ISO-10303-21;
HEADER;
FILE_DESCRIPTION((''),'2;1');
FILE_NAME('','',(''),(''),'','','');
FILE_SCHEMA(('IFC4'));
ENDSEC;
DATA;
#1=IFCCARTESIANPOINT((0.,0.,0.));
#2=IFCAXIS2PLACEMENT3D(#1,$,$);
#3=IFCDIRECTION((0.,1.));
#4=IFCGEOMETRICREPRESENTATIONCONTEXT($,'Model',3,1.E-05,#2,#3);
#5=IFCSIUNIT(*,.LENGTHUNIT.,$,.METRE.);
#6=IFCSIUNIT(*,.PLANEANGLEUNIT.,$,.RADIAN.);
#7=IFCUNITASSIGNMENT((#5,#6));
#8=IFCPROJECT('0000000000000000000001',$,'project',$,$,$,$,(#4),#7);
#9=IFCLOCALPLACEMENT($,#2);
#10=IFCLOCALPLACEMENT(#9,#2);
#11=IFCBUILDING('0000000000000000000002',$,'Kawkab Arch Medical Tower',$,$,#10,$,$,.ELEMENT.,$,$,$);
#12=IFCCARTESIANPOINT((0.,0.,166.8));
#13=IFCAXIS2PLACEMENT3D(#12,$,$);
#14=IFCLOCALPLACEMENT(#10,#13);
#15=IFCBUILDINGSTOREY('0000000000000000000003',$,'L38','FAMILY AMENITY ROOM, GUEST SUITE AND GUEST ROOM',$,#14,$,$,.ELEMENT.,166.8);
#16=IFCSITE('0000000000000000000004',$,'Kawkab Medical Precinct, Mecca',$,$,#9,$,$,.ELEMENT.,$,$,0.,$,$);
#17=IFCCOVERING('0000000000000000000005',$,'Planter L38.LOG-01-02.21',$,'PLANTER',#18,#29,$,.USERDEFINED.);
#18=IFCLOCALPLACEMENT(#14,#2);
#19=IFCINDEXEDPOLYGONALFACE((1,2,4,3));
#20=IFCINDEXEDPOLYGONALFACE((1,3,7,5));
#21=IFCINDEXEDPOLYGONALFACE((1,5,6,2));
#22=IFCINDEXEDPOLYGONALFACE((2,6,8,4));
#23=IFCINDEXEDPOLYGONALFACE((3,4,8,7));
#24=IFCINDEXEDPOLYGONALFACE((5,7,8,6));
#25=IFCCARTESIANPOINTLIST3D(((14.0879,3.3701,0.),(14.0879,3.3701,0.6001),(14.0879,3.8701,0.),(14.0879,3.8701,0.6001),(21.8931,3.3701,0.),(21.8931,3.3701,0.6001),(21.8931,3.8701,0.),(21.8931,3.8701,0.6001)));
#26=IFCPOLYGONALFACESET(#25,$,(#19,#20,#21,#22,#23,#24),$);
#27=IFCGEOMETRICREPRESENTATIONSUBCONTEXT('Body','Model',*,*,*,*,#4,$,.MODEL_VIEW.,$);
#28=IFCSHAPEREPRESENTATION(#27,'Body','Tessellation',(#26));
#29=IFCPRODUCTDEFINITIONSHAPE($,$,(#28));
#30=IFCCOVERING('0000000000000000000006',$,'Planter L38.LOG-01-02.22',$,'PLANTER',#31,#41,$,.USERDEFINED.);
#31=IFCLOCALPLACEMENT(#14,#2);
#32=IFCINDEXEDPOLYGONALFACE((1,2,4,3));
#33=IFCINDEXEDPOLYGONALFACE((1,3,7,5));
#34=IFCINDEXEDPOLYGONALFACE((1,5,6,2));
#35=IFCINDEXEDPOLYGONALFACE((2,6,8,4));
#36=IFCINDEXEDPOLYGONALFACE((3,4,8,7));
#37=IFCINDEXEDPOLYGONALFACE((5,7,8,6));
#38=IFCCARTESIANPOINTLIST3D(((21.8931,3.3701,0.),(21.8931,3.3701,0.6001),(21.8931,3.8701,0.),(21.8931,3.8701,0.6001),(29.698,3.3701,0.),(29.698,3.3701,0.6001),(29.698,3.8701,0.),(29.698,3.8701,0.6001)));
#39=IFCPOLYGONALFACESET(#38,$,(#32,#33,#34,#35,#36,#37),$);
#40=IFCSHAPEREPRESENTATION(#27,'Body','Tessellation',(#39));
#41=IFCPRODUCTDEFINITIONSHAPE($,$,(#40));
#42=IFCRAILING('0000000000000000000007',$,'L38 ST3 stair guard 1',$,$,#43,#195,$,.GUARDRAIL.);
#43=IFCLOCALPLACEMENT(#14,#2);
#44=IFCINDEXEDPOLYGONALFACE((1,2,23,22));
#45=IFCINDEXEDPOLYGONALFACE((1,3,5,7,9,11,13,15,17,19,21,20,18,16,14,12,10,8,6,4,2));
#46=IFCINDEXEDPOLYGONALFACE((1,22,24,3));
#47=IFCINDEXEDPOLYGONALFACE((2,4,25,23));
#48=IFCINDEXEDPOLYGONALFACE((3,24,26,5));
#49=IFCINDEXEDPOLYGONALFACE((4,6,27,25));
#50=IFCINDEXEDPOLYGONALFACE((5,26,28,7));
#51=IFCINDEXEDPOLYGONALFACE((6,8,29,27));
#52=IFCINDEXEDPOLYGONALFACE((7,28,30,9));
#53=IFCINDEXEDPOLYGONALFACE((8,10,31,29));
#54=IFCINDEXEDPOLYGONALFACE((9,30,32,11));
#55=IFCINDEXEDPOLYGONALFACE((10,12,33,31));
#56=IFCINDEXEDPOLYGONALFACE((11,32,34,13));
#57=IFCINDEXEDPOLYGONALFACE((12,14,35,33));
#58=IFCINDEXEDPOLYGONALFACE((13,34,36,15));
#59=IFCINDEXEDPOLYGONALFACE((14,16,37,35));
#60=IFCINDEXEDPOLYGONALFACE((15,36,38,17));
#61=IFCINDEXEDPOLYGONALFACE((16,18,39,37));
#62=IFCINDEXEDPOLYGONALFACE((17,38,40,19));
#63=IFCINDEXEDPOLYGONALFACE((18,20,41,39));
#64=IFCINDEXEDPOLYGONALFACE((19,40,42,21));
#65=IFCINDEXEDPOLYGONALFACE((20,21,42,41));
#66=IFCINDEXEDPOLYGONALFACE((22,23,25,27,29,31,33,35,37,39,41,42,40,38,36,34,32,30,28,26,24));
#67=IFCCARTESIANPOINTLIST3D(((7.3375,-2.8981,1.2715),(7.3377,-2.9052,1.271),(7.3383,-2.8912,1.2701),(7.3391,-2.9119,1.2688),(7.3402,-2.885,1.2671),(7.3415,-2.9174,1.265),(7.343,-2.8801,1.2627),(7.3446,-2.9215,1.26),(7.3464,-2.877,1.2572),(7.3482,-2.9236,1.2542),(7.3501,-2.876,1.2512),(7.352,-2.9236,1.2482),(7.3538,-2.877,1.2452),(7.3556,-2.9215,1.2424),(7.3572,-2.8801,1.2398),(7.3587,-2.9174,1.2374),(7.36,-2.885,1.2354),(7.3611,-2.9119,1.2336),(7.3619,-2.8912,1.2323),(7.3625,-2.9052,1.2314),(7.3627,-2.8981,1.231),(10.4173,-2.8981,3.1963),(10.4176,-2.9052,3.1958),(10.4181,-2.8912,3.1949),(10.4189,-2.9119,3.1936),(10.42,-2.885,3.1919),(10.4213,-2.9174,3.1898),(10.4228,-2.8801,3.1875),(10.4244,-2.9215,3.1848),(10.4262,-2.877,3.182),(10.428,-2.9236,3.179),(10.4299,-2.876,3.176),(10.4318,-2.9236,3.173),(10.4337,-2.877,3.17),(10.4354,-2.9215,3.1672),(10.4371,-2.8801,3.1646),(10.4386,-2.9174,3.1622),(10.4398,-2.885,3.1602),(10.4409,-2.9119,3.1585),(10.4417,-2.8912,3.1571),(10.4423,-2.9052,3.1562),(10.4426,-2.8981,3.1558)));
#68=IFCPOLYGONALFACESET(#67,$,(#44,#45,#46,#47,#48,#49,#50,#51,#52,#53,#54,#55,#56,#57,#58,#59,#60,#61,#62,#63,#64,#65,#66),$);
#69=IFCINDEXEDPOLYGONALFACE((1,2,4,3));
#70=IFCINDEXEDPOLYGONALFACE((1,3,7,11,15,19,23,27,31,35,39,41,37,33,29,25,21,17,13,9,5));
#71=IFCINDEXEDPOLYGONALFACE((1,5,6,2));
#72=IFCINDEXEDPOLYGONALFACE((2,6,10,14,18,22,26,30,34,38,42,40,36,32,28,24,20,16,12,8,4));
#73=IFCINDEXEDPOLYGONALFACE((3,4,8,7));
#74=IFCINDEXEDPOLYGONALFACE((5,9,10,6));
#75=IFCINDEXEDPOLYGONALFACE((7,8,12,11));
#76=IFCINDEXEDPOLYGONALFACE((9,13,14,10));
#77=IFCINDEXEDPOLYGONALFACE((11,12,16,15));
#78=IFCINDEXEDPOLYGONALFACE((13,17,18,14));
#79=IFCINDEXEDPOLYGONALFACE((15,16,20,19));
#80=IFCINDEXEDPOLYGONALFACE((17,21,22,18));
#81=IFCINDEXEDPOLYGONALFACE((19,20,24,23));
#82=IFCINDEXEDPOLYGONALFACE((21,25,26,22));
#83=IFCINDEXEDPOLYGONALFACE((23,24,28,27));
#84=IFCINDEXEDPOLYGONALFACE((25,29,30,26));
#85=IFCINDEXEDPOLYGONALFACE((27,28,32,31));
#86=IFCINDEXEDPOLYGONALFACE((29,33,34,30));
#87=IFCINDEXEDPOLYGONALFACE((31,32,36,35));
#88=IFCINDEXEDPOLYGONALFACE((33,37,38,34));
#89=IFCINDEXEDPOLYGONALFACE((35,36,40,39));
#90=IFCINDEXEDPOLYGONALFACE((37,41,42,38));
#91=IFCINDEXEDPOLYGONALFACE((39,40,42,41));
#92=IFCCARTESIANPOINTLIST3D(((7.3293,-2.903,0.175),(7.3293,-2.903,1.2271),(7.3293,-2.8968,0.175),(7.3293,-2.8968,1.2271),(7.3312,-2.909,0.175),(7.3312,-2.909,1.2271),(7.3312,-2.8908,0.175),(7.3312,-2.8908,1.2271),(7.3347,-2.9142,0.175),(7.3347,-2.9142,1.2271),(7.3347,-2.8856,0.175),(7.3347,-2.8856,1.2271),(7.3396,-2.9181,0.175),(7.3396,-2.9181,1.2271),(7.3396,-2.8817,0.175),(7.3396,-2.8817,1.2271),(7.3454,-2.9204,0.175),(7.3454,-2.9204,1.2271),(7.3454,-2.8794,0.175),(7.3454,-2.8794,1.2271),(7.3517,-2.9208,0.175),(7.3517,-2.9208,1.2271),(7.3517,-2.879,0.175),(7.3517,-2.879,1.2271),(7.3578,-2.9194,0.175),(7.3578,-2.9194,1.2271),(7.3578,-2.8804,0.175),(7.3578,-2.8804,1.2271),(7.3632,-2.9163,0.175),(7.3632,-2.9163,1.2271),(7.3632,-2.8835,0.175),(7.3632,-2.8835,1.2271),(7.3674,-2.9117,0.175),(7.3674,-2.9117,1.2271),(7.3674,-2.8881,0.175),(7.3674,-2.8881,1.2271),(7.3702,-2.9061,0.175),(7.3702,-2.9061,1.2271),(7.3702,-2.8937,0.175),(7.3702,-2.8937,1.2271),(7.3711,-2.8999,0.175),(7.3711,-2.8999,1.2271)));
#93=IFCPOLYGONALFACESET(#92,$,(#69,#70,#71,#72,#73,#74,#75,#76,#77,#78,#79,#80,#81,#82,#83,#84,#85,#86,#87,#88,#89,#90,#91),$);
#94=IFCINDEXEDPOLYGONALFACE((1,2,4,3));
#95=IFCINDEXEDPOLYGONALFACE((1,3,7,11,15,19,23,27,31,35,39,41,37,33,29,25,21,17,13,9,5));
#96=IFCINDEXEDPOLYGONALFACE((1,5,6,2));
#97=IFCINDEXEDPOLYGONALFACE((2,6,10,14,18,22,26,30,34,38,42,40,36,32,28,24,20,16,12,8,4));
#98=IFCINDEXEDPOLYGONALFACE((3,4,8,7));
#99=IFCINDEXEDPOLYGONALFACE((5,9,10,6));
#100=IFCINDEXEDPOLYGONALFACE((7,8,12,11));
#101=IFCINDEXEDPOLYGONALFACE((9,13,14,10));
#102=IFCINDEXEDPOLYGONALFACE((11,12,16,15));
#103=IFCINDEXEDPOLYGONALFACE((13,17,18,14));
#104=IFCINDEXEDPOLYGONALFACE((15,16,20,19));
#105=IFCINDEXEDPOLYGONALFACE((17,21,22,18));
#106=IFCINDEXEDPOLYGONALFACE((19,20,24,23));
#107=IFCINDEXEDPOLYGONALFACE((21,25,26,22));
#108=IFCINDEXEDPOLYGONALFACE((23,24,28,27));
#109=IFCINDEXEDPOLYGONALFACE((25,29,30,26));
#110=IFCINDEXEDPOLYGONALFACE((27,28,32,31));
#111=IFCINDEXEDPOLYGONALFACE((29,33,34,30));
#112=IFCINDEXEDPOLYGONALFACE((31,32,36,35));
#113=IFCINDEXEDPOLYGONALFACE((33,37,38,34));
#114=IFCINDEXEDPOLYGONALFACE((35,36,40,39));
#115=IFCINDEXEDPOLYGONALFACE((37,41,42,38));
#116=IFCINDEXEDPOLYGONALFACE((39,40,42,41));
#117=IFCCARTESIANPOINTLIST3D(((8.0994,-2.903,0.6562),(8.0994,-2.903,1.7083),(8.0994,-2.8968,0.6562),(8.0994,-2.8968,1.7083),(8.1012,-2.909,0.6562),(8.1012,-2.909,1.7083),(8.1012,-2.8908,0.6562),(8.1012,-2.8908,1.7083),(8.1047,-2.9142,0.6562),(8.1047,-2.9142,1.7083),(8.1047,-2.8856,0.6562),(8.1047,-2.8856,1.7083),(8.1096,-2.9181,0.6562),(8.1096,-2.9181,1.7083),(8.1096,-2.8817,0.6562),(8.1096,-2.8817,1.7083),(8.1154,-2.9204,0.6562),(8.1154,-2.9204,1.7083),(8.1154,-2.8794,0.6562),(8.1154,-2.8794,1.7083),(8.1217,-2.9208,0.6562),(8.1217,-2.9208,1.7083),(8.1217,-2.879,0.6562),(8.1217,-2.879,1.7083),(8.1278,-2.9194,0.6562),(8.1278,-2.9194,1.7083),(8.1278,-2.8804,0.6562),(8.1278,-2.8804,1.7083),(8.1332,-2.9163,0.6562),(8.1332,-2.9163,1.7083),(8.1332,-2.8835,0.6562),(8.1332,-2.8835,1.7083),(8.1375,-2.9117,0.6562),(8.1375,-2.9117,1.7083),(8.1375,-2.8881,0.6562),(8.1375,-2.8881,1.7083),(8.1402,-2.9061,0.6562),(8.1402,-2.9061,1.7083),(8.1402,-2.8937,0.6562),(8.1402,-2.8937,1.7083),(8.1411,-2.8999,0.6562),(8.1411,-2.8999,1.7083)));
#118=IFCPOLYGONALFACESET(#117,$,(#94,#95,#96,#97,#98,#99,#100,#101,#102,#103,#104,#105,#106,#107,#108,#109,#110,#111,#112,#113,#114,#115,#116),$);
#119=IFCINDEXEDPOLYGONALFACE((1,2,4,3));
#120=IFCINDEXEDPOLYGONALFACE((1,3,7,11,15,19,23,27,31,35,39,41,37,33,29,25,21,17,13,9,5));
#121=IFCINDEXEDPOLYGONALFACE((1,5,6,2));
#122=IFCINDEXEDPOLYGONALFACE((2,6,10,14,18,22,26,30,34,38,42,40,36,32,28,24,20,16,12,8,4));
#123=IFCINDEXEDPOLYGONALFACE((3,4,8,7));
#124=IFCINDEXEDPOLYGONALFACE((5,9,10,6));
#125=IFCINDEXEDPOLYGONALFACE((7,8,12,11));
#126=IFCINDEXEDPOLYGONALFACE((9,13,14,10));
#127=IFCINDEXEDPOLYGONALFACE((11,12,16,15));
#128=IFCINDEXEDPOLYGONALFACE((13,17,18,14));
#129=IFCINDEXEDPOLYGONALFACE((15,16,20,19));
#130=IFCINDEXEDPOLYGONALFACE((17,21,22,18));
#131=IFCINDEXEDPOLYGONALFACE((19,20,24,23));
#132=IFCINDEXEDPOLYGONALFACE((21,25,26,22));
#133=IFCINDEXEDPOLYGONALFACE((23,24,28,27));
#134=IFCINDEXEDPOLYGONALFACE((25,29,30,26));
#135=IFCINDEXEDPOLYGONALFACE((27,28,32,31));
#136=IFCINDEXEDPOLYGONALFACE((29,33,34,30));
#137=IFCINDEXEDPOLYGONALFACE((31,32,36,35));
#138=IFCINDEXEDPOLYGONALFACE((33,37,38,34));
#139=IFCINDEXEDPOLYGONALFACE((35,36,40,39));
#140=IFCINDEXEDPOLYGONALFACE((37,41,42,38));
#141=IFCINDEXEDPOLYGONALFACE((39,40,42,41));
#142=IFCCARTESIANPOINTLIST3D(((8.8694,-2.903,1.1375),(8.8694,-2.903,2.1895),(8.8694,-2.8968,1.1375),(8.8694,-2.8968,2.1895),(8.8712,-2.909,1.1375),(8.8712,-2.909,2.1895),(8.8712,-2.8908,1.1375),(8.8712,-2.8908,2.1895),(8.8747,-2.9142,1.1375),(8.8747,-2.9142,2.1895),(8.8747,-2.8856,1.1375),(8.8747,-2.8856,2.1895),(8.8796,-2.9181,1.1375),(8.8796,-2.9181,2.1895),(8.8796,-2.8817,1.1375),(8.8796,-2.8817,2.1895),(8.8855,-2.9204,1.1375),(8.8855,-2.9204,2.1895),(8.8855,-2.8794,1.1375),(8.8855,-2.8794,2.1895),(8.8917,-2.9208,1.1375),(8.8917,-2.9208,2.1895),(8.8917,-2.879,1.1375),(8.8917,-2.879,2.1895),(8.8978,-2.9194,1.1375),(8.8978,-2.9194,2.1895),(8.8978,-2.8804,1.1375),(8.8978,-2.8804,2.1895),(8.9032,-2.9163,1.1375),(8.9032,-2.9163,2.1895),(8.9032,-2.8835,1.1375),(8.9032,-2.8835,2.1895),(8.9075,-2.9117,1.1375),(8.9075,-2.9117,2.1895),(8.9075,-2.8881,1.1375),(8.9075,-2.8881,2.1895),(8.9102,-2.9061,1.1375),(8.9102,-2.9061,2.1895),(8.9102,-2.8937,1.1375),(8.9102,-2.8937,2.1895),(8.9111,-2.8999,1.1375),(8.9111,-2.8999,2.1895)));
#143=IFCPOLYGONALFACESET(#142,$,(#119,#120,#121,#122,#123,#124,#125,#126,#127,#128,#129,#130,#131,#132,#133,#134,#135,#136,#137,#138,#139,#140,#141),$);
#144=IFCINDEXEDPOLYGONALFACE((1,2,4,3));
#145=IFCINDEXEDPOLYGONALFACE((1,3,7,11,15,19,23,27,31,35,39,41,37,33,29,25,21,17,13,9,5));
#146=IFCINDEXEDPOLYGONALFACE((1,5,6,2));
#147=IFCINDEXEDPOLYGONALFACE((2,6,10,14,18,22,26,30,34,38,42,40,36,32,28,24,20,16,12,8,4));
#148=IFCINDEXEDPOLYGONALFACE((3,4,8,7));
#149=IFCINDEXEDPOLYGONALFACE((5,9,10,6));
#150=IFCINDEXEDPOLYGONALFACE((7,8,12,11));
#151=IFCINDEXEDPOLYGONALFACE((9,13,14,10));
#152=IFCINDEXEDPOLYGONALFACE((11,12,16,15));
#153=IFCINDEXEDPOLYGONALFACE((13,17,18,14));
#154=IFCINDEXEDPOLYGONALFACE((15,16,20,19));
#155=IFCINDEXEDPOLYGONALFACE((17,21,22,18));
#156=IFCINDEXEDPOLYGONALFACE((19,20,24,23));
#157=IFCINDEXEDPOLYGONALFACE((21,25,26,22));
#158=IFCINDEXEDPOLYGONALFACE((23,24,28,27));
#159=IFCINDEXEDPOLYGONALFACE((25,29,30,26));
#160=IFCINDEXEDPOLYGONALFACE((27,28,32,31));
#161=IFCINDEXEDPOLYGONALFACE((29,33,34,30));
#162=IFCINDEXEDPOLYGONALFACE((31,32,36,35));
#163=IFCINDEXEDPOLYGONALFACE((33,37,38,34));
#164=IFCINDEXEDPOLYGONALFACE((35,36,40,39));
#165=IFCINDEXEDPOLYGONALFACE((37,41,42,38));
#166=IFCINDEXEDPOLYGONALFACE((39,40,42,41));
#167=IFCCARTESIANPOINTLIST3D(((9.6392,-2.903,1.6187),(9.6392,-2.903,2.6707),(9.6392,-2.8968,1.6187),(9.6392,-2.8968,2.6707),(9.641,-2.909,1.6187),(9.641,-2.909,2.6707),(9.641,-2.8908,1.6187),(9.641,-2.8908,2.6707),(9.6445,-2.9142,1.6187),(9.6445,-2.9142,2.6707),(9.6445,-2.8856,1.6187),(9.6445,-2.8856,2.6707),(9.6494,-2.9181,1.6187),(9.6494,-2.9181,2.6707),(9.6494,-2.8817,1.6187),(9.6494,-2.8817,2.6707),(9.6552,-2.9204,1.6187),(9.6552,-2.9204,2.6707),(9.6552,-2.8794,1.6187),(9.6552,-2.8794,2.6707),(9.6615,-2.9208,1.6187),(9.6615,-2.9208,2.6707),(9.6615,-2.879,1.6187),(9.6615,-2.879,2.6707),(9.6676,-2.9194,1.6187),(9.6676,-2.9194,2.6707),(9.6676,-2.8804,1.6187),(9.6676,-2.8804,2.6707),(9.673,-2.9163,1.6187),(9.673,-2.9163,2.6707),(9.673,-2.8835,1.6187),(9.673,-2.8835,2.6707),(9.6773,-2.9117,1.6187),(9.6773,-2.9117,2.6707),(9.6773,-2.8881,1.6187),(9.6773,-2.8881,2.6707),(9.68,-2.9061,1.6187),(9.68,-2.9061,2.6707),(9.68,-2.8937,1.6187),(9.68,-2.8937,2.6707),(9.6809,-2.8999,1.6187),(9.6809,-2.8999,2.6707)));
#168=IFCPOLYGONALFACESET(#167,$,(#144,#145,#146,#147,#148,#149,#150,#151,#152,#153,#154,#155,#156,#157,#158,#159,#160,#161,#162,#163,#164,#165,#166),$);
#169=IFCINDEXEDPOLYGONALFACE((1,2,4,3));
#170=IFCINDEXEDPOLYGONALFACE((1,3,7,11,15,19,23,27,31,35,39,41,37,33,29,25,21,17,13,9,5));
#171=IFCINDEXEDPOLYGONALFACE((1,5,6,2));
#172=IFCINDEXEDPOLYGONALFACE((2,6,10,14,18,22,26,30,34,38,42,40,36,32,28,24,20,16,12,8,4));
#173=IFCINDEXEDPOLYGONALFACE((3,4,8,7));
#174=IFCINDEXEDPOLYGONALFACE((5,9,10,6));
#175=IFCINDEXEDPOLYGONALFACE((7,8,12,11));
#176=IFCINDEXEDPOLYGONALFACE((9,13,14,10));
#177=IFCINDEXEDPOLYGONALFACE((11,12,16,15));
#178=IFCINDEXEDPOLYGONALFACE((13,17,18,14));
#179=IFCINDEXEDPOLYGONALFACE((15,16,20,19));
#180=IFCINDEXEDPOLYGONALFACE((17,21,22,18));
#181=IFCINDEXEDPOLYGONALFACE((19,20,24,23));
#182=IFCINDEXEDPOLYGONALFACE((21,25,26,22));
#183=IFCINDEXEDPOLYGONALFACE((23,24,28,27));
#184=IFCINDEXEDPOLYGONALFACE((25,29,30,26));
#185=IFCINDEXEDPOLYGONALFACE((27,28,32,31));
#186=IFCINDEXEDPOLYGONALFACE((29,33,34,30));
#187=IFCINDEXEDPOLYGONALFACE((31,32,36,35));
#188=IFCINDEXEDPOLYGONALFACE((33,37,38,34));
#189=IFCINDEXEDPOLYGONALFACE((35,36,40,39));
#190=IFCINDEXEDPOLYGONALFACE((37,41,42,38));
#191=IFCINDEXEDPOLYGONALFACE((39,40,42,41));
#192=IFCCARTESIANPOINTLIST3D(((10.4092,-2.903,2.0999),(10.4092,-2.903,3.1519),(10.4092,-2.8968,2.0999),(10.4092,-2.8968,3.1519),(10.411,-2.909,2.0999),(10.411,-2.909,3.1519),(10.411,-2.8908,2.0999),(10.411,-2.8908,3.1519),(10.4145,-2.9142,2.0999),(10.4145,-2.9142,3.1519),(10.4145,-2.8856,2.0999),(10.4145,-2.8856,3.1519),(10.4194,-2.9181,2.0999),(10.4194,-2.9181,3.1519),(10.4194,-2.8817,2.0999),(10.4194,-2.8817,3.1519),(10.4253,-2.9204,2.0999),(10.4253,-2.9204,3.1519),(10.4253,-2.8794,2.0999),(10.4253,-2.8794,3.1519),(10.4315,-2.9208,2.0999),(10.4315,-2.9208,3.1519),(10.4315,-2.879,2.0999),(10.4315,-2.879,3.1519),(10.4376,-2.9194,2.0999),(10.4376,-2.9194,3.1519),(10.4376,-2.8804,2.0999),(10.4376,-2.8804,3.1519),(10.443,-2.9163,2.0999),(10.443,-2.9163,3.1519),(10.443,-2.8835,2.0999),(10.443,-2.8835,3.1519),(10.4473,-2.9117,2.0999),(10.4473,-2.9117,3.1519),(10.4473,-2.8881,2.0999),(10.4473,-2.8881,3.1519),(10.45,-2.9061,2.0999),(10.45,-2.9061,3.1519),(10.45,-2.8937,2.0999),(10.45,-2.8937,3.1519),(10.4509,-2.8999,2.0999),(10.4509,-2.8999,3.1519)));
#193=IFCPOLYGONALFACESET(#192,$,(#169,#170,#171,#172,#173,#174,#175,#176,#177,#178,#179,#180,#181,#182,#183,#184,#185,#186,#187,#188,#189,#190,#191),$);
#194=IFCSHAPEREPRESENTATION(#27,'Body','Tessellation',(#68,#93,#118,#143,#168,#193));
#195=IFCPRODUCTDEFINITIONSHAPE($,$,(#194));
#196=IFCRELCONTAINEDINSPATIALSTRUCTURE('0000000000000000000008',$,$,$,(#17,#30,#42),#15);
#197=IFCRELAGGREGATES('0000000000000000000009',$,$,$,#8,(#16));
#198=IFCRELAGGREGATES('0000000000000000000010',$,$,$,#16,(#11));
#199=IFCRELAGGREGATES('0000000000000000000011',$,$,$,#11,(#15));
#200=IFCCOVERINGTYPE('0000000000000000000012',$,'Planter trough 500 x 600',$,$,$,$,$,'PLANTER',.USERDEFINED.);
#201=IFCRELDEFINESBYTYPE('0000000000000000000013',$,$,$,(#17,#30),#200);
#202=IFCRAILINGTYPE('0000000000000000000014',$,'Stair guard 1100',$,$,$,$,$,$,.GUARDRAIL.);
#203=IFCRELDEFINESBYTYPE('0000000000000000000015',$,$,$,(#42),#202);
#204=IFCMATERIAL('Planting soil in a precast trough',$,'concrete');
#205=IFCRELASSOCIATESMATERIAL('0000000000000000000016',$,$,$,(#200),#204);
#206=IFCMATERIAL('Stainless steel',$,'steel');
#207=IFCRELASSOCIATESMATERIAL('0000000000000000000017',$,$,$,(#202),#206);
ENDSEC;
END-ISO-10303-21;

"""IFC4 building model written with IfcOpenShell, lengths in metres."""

from ifc_helpers import new_model, si_unit, direction, frame, origin, origin_2d, place, context, subcontext, project, spatial, rectangle, circle, extrude, material, material_profile, profile_set, type_object, element, save


model = new_model("IFC4")

# Units and contexts
model_context = context("Model", 3, precision=1e-05, world=origin(), true_north=direction((0.0, 1.0)))
body_context = subcontext(model_context, "Body", "Model", "MODEL_VIEW")
ifc_project = project(units=[si_unit("LENGTHUNIT", "METRE"), si_unit("PLANEANGLEUNIT", "RADIAN")], contexts=[model_context])

# Site, building, storey
site_placement = place(None, origin())
site = spatial("IfcSite", under=ifc_project, at=site_placement, Name="Kawkab Medical Precinct, Mecca", CompositionType="ELEMENT", RefElevation=0.0)
building_placement = place(site_placement, origin())
building = spatial("IfcBuilding", under=site, at=building_placement, Name="Kawkab Arch Medical Tower", CompositionType="ELEMENT")
storey_placement = place(building_placement, frame((0.0, 0.0, 166.8)))
storey = spatial("IfcBuildingStorey", under=building, at=storey_placement, Name="L38", Description="FAMILY AMENITY ROOM, GUEST SUITE AND GUEST ROOM", CompositionType="ELEMENT", Elevation=166.8)

# Coverings
ifc_material_1 = material(Name="Planting soil in a precast trough", Category="concrete")
ifc_material_profile_1 = material_profile(ifc_material_1, rectangle(XDim=0.5, YDim=0.6001, at=origin_2d()), Name="Trough 500x600")
ifc_profile_set_1 = profile_set([ifc_material_profile_1], Name="Planting soil in a precast trough")
covering_type_1 = type_object("IfcCoveringType", Name="Planter trough 500 x 600", ElementType="PLANTER", PredefinedType="USERDEFINED", material=ifc_profile_set_1)
covering_1_placement = place(storey_placement, frame((14.0879, 3.6201, 0.3), z_axis=(1.0, 0.0, 0.0), x_axis=(0.0, 1.0, 0.0)))
element("IfcCovering", 1, at=covering_1_placement, inside=storey, type_object=covering_type_1, Name="Planter L38.LOG-01-02.21", ObjectType="PLANTER", PredefinedType="USERDEFINED", context=body_context, shape_type="SweptSolid", body=[
    extrude(rectangle(XDim=0.5, YDim=0.6001, at=origin_2d()), origin(), (0.0, 0.0, 1.0), 7.8052),
])
covering_2_placement = place(storey_placement, frame((21.8931, 3.6201, 0.3), z_axis=(1.0, 0.0, 0.0), x_axis=(0.0, 1.0, 0.0)))
element("IfcCovering", 2, at=covering_2_placement, inside=storey, type_object=covering_type_1, Name="Planter L38.LOG-01-02.22", ObjectType="PLANTER", PredefinedType="USERDEFINED", context=body_context, shape_type="SweptSolid", body=[
    extrude(rectangle(XDim=0.5, YDim=0.6001, at=origin_2d()), origin(), (0.0, 0.0, 1.0), 7.8049),
])

# Railing
ifc_material_2 = material(Name="Stainless steel", Category="steel")
railing_type_1 = type_object("IfcRailingType", Name="Stair guard 1100", PredefinedType="GUARDRAIL", material=ifc_material_2)
railing_1_placement = place(storey_placement, frame((7.3501, -2.8999, 0.175)))
element("IfcRailing", 3, at=railing_1_placement, inside=storey, type_object=railing_type_1, Name="L38 ST3 stair guard 1", PredefinedType="GUARDRAIL", context=body_context, shape_type="SweptSolid", body=[
    extrude(circle(Radius=0.0239, at=origin_2d()), frame((0.0, 0.0, 1.0762), z_axis=(0.84801, 0.0, 0.529981), x_axis=(0.0, 1.0, 0.0)), (0.0, 0.0, 1.0), 3.6318),
    extrude(circle(Radius=0.021, at=origin_2d()), origin(), (0.0, 0.0, 1.0), 1.052),
    extrude(circle(Radius=0.021, at=origin_2d()), frame((0.77, 0.0, 0.4812)), (0.0, 0.0, 1.0), 1.052),
    extrude(circle(Radius=0.021, at=origin_2d()), frame((1.54, 0.0, 0.9624)), (0.0, 0.0, 1.0), 1.052),
    extrude(circle(Radius=0.021, at=origin_2d()), frame((2.3098, 0.0, 1.4436)), (0.0, 0.0, 1.0), 1.052),
    extrude(circle(Radius=0.021, at=origin_2d()), frame((3.0798, 0.0, 1.9248)), (0.0, 0.0, 1.0), 1.052),
])

save(model, "model.ifc")
